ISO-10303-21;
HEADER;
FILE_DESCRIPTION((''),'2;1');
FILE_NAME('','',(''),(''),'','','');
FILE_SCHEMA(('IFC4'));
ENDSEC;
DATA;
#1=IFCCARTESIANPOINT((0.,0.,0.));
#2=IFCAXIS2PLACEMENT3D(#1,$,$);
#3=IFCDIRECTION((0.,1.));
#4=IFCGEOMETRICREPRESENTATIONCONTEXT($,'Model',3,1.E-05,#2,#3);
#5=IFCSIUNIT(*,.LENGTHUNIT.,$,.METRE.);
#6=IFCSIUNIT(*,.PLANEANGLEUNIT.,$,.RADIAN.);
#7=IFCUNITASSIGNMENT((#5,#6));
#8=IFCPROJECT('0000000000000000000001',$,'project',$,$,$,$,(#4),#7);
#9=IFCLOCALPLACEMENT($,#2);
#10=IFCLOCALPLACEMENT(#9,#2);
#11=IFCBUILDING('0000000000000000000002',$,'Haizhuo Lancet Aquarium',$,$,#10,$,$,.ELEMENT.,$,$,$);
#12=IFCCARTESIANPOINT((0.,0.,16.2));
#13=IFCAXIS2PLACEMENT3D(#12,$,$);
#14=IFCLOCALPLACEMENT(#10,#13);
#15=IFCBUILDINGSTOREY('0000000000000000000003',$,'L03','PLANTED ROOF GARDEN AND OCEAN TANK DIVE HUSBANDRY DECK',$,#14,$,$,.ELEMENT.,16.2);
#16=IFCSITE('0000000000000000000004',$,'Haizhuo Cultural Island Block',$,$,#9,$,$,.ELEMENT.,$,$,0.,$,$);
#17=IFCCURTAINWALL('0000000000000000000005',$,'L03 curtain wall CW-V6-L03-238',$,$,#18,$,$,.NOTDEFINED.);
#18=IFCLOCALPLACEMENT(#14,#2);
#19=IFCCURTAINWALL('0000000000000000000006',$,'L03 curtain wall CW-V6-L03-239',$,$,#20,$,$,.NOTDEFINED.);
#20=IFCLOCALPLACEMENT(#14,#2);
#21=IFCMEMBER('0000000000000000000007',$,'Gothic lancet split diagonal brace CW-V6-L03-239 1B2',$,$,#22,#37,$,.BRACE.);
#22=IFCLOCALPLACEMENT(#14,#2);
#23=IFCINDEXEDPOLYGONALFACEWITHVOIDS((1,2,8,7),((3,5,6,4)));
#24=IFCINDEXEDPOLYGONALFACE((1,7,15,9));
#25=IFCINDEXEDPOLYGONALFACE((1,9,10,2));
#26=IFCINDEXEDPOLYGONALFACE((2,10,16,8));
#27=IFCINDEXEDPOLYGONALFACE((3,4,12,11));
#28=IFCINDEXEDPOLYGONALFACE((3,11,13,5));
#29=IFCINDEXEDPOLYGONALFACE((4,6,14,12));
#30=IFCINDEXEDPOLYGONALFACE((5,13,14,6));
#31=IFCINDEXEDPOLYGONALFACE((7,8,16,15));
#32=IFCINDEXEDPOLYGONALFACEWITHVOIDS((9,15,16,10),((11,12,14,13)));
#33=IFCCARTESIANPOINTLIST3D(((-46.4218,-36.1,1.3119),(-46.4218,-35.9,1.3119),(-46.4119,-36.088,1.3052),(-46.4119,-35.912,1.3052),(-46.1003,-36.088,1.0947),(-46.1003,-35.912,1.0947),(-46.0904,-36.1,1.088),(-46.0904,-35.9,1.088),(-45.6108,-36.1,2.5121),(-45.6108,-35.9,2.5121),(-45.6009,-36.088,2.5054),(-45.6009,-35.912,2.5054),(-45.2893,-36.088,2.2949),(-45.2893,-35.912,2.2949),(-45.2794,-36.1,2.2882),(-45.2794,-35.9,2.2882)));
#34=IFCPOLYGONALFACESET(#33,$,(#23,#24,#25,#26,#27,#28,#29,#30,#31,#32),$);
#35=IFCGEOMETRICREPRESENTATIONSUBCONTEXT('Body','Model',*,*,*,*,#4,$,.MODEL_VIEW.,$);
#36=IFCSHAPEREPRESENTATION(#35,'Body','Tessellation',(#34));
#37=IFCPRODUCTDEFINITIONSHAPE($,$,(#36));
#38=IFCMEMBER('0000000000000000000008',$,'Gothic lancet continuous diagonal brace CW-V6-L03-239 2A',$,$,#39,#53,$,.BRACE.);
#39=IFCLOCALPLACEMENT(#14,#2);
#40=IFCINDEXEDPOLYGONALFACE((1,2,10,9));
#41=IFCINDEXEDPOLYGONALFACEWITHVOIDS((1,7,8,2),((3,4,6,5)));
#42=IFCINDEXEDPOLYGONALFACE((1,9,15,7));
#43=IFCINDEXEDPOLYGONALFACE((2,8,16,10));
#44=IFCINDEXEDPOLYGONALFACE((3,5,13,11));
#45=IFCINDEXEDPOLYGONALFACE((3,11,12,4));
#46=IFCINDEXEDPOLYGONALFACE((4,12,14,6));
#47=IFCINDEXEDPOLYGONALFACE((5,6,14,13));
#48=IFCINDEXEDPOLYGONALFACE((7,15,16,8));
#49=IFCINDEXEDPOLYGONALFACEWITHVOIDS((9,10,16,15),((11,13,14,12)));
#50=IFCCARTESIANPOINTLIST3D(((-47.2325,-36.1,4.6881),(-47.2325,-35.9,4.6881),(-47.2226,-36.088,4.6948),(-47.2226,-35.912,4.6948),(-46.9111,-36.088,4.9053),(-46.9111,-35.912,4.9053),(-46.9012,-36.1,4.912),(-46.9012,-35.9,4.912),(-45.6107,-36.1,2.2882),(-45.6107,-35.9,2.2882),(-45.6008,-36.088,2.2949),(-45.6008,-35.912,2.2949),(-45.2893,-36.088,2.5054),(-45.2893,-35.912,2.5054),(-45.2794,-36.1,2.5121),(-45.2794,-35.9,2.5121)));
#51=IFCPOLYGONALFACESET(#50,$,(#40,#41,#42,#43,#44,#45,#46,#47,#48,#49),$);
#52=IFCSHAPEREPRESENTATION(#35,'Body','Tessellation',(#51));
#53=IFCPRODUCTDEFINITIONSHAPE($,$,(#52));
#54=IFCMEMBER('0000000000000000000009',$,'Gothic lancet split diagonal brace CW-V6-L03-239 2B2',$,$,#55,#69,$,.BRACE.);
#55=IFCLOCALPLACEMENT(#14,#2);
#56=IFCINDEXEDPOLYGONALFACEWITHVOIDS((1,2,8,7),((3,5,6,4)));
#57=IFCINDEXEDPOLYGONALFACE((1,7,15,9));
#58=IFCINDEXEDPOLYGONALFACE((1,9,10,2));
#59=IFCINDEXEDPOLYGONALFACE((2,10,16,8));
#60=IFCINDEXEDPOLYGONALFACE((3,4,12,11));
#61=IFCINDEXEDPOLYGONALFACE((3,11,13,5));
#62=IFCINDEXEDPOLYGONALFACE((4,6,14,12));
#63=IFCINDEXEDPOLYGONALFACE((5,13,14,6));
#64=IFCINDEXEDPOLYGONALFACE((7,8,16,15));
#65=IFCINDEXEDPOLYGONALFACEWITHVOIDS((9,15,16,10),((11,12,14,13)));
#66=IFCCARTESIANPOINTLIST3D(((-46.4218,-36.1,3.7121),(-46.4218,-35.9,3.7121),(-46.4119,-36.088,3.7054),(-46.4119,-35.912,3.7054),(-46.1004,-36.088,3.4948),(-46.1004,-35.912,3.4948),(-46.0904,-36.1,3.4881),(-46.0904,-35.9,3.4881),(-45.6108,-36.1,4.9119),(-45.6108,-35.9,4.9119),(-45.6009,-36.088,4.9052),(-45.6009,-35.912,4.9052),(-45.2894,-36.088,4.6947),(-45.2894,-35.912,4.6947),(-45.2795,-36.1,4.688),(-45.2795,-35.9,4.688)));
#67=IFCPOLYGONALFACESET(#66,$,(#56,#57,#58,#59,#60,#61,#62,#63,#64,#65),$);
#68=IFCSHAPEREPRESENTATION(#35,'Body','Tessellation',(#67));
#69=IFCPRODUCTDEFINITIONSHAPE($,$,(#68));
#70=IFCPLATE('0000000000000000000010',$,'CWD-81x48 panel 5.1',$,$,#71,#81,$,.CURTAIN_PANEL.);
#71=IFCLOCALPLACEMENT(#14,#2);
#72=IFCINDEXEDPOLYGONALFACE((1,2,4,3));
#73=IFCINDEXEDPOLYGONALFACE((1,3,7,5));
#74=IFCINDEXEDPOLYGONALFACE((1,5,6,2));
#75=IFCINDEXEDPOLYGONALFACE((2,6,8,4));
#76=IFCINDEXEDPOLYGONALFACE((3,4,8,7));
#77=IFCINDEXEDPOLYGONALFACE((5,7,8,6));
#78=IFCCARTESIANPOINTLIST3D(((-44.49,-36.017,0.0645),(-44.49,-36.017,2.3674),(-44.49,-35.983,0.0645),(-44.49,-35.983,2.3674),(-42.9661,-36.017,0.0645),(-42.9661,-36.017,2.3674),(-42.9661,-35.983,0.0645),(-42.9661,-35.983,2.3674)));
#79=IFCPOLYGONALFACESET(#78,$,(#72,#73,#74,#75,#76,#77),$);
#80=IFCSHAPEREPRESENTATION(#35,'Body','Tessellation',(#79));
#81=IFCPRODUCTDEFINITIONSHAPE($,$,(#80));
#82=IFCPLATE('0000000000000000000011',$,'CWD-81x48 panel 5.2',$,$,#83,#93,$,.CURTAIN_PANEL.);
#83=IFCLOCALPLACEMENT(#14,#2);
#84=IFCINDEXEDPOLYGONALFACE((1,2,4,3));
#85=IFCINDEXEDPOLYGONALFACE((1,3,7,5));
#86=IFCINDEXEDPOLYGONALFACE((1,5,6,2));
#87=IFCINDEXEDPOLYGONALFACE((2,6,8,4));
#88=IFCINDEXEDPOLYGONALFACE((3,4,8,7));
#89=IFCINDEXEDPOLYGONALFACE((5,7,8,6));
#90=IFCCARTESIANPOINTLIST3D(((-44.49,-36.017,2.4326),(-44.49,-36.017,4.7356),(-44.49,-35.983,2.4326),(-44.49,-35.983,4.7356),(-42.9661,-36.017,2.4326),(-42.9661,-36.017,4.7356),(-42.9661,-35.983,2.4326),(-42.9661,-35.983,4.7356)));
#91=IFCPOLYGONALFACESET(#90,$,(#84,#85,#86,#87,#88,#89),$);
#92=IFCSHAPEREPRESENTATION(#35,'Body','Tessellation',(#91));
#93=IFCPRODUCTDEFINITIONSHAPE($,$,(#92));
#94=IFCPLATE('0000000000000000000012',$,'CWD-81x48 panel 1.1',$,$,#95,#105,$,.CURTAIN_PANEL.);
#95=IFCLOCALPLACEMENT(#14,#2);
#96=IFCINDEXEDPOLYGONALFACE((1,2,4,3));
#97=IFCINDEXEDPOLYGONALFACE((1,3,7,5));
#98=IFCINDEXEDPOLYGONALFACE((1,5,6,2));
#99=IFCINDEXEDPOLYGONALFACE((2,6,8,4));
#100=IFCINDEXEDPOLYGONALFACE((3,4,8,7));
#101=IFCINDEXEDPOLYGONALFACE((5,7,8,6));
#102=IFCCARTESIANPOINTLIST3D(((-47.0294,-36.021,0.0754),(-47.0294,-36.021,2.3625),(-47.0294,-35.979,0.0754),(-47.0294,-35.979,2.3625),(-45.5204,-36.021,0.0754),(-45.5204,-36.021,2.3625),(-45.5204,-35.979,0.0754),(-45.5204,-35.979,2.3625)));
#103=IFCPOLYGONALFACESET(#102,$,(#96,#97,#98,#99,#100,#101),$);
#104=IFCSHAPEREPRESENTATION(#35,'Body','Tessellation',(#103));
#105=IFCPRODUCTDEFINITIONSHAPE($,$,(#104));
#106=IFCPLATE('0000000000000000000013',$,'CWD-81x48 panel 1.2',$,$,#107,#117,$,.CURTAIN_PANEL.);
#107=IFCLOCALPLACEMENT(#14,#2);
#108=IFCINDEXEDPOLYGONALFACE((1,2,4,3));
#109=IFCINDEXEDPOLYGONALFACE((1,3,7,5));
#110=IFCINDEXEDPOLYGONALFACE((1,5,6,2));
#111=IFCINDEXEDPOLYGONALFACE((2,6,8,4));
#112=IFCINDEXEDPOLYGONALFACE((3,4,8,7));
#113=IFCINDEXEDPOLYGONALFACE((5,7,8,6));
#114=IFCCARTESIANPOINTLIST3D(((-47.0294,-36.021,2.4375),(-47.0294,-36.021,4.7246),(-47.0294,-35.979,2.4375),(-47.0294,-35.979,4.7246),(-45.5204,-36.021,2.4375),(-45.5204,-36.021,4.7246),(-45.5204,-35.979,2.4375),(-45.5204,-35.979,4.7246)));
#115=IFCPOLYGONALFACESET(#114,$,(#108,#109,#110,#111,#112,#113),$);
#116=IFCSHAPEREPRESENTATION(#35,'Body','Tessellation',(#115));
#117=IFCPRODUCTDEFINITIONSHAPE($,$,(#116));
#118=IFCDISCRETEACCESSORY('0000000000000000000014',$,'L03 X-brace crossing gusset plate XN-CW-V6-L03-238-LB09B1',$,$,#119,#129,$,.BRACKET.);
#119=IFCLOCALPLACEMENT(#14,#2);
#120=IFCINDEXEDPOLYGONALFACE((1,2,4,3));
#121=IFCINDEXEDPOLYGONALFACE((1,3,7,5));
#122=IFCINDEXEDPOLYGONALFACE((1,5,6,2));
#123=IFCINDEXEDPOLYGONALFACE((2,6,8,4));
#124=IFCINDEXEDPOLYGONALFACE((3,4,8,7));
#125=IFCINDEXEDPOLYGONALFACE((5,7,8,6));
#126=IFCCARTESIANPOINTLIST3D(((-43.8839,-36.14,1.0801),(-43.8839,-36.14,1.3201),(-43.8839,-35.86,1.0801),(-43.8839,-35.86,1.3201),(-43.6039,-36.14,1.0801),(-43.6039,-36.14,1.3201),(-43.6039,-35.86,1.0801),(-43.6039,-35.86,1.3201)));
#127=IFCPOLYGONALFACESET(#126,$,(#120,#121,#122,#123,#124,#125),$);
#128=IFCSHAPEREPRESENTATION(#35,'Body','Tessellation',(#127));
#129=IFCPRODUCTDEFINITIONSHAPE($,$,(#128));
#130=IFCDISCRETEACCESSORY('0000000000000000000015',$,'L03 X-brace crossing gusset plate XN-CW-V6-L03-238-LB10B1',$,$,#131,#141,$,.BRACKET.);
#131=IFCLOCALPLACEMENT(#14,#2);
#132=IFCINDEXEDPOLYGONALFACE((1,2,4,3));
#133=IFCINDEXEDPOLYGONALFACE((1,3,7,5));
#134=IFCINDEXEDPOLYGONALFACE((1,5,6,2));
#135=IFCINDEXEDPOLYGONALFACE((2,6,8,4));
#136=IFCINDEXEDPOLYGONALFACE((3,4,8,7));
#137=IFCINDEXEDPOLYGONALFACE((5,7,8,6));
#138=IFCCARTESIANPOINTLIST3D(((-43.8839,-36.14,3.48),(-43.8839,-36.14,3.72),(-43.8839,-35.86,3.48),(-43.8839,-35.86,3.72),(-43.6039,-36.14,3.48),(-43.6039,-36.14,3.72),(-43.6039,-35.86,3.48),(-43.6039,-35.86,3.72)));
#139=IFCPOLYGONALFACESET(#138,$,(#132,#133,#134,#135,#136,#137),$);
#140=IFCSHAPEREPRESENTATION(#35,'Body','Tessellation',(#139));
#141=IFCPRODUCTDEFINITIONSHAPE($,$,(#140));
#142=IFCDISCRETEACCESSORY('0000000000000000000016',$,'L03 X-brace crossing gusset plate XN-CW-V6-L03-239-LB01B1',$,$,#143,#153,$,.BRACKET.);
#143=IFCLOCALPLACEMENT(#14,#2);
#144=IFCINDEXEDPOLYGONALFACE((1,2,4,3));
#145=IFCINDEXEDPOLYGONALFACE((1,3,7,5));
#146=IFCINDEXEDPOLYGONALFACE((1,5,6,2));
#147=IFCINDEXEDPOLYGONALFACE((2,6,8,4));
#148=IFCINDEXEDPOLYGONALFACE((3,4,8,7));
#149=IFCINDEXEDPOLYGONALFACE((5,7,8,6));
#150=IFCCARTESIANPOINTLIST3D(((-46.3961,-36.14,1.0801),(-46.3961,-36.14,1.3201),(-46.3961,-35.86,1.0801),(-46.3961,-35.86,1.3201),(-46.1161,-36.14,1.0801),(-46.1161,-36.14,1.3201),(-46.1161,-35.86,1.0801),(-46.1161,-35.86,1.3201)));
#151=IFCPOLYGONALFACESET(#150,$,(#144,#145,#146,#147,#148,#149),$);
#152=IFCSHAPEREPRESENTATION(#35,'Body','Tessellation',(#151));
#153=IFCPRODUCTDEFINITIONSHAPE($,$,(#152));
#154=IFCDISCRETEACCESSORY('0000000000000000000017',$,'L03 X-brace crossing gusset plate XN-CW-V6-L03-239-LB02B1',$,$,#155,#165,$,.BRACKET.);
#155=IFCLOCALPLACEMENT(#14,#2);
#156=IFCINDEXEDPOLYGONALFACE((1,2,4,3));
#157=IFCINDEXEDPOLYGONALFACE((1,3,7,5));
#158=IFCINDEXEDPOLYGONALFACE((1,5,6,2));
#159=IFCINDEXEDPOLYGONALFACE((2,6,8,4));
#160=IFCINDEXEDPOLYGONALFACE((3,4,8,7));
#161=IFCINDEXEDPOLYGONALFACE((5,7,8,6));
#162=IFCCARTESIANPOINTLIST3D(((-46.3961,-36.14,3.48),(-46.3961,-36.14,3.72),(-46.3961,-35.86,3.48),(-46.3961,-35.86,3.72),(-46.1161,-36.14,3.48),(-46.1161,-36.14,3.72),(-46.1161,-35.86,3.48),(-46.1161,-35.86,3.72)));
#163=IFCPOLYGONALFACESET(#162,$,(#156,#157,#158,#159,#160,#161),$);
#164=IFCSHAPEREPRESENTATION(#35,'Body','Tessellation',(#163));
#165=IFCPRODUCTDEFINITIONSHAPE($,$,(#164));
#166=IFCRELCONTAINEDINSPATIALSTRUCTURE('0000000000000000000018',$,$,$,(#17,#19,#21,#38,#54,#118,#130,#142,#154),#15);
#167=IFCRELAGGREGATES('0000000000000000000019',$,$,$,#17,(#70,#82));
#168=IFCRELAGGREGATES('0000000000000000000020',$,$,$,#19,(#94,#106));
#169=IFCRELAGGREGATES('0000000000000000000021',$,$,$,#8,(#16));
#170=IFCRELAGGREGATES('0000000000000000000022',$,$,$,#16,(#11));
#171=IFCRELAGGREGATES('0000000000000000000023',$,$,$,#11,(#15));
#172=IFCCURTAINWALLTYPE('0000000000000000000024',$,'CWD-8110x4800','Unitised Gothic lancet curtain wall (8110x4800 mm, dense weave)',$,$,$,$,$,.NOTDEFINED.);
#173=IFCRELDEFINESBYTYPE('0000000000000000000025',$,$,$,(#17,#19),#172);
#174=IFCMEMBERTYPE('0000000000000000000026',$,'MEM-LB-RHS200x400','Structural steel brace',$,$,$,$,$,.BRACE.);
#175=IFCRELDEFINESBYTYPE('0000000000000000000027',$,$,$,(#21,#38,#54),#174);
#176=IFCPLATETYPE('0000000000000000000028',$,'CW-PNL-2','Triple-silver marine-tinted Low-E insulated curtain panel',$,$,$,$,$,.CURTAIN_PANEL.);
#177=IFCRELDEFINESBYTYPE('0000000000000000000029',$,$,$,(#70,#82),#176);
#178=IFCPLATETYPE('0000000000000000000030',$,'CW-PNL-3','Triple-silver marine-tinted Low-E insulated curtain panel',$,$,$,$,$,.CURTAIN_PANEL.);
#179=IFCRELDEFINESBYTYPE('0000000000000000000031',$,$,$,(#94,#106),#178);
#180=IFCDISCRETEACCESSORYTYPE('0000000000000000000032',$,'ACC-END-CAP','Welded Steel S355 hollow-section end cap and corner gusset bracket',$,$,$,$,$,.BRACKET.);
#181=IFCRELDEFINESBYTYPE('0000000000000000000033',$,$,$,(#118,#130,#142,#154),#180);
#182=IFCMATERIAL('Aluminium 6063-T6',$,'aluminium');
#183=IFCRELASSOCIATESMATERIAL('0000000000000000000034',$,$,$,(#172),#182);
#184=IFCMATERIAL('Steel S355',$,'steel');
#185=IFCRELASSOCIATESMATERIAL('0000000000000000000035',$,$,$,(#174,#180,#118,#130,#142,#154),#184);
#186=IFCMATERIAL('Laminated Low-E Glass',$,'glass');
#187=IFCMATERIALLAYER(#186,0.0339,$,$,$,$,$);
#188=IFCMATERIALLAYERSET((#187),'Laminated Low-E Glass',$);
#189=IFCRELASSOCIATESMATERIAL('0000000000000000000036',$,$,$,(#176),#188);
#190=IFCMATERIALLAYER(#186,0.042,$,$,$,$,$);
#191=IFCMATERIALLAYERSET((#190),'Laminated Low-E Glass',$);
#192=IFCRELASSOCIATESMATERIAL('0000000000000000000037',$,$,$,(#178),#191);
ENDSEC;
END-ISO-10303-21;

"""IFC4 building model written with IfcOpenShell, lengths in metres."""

from ifc_helpers import new_model, si_unit, direction, frame, origin, origin_2d, place, context, subcontext, project, spatial, rectangle, hollow_rectangle, extrude, material, layer, layer_set, material_profile, profile_set, type_object, element, aggregate, save


model = new_model("IFC4")

# Units and contexts
model_context = context("Model", 3, precision=1e-05, world=origin(), true_north=direction((0.0, 1.0)))
body_context = subcontext(model_context, "Body", "Model", "MODEL_VIEW")
ifc_project = project(units=[si_unit("LENGTHUNIT", "METRE"), si_unit("PLANEANGLEUNIT", "RADIAN")], contexts=[model_context])

# Site, building, storey
site_placement = place(None, origin())
site = spatial("IfcSite", under=ifc_project, at=site_placement, Name="Haizhuo Cultural Island Block", CompositionType="ELEMENT", RefElevation=0.0)
building_placement = place(site_placement, origin())
building = spatial("IfcBuilding", under=site, at=building_placement, Name="Haizhuo Lancet Aquarium", CompositionType="ELEMENT")
storey_placement = place(building_placement, frame((0.0, 0.0, 16.2)))
storey = spatial("IfcBuildingStorey", under=building, at=storey_placement, Name="L03", Description="PLANTED ROOF GARDEN AND OCEAN TANK DIVE HUSBANDRY DECK", CompositionType="ELEMENT", Elevation=16.2)

# Shared definitions
ifc_material_1 = material(Name="Steel S355", Category="steel")

# Curtain wall
ifc_material_2 = material(Name="Aluminium 6063-T6", Category="aluminium")
curtain_wall_type = type_object("IfcCurtainWallType", Name="CWD-8110x4800", Description="Unitised Gothic lancet curtain wall (8110x4800 mm, dense weave)", PredefinedType="NOTDEFINED", material=ifc_material_2)
curtain_wall_1_placement = place(storey_placement, origin())
curtain_wall_1 = element("IfcCurtainWall", 1, at=curtain_wall_1_placement, inside=storey, type_object=curtain_wall_type, Name="L03 curtain wall CW-V6-L03-238", PredefinedType="NOTDEFINED")

# Curtain wall
curtain_wall_2_placement = place(storey_placement, origin())
curtain_wall_2 = element("IfcCurtainWall", 2, at=curtain_wall_2_placement, inside=storey, type_object=curtain_wall_type, Name="L03 curtain wall CW-V6-L03-239", PredefinedType="NOTDEFINED")

# Members
ifc_material_profile_1 = material_profile(ifc_material_1, hollow_rectangle(XDim=0.2, YDim=0.3999, WallThickness=0.012, at=origin_2d()), Name="RHS 200x400x12")
ifc_profile_set_1 = profile_set([ifc_material_profile_1], Name="Steel S355")
member_type_1 = type_object("IfcMemberType", Name="MEM-LB-RHS200x400", Description="Structural steel brace", PredefinedType="BRACE", material=ifc_profile_set_1)
member_1_placement = place(storey_placement, frame((-46.2561, -36.0, 1.2), z_axis=(0.559901, 0.0, 0.828559), x_axis=(0.0, 1.0, 0.0)))
element("IfcMember", 3, at=member_1_placement, inside=storey, type_object=member_type_1, Name="Gothic lancet split diagonal brace CW-V6-L03-239 1B2", PredefinedType="BRACE", context=body_context, shape_type="SweptSolid", body=[
    extrude(hollow_rectangle(XDim=0.2, YDim=0.3999, WallThickness=0.012, at=origin_2d()), origin(), (0.0, 0.0, 1.0), 1.4485),
])
member_2_placement = place(storey_placement, frame((-45.4451, -36.0, 2.4001), z_axis=(-0.559922, 0.0, 0.828546), x_axis=(0.0, -1.0, 0.0)))
element("IfcMember", 4, at=member_2_placement, inside=storey, type_object=member_type_1, Name="Gothic lancet continuous diagonal brace CW-V6-L03-239 2A", PredefinedType="BRACE", context=body_context, shape_type="SweptSolid", body=[
    extrude(hollow_rectangle(XDim=0.2, YDim=0.3999, WallThickness=0.012, at=origin_2d()), origin(), (0.0, 0.0, 1.0), 2.8965),
])
member_3_placement = place(storey_placement, frame((-46.2561, -36.0, 3.6001), z_axis=(0.559979, 0.0, 0.828507), x_axis=(0.0, 1.0, 0.0)))
element("IfcMember", 5, at=member_3_placement, inside=storey, type_object=member_type_1, Name="Gothic lancet split diagonal brace CW-V6-L03-239 2B2", PredefinedType="BRACE", context=body_context, shape_type="SweptSolid", body=[
    extrude(hollow_rectangle(XDim=0.2, YDim=0.3999, WallThickness=0.012, at=origin_2d()), origin(), (0.0, 0.0, 1.0), 1.4482),
])

# Plates
ifc_material_3 = material(Name="Laminated Low-E Glass", Category="glass")
ifc_layer_1 = layer(ifc_material_3, 0.0339)
ifc_layer_set_1 = layer_set([ifc_layer_1], Name="Laminated Low-E Glass")
plate_type_1 = type_object("IfcPlateType", Name="CW-PNL-2", Description="Triple-silver marine-tinted Low-E insulated curtain panel", PredefinedType="CURTAIN_PANEL", material=ifc_layer_set_1)
plate_1_placement = place(storey_placement, frame((-43.728, -36.0, 0.0645), z_axis=(0.0, 0.0, 1.0), x_axis=(-1.0, 0.0, 0.0)))
plate_1 = element("IfcPlate", 6, at=plate_1_placement, type_object=plate_type_1, Name="CWD-81x48 panel 5.1", PredefinedType="CURTAIN_PANEL", context=body_context, shape_type="SweptSolid", body=[
    extrude(rectangle(XDim=1.5239, YDim=0.0339, at=origin_2d()), origin(), (0.0, 0.0, 1.0), 2.303),
])
plate_2_placement = place(storey_placement, frame((-43.728, -36.0, 2.4326), z_axis=(0.0, 0.0, 1.0), x_axis=(-1.0, 0.0, 0.0)))
plate_2 = element("IfcPlate", 7, at=plate_2_placement, type_object=plate_type_1, Name="CWD-81x48 panel 5.2", PredefinedType="CURTAIN_PANEL", context=body_context, shape_type="SweptSolid", body=[
    extrude(rectangle(XDim=1.5239, YDim=0.0339, at=origin_2d()), origin(), (0.0, 0.0, 1.0), 2.303),
])
aggregate(curtain_wall_1, [plate_1, plate_2])
ifc_layer_2 = layer(ifc_material_3, 0.042)
ifc_layer_set_2 = layer_set([ifc_layer_2], Name="Laminated Low-E Glass")
plate_type_2 = type_object("IfcPlateType", Name="CW-PNL-3", Description="Triple-silver marine-tinted Low-E insulated curtain panel", PredefinedType="CURTAIN_PANEL", material=ifc_layer_set_2)
plate_3_placement = place(storey_placement, frame((-46.2749, -36.0, 0.0754), z_axis=(0.0, 0.0, 1.0), x_axis=(-1.0, 0.0, 0.0)))
plate_3 = element("IfcPlate", 8, at=plate_3_placement, type_object=plate_type_2, Name="CWD-81x48 panel 1.1", PredefinedType="CURTAIN_PANEL", context=body_context, shape_type="SweptSolid", body=[
    extrude(rectangle(XDim=1.509, YDim=0.042, at=origin_2d()), origin(), (0.0, 0.0, 1.0), 2.2871),
])
plate_4_placement = place(storey_placement, frame((-46.2749, -36.0, 2.4375), z_axis=(0.0, 0.0, 1.0), x_axis=(-1.0, 0.0, 0.0)))
plate_4 = element("IfcPlate", 9, at=plate_4_placement, type_object=plate_type_2, Name="CWD-81x48 panel 1.2", PredefinedType="CURTAIN_PANEL", context=body_context, shape_type="SweptSolid", body=[
    extrude(rectangle(XDim=1.509, YDim=0.042, at=origin_2d()), origin(), (0.0, 0.0, 1.0), 2.2871),
])
aggregate(curtain_wall_2, [plate_3, plate_4])

# Discrete accessories
discrete_accessory_type = type_object("IfcDiscreteAccessoryType", Name="ACC-END-CAP", Description="Welded Steel S355 hollow-section end cap and corner gusset bracket", PredefinedType="BRACKET", material=ifc_material_1)
for number, where, z_axis, x_axis, name in (
    (10, (-43.7439, -36.0, 1.0801), (0.0, 0.0, 1.0), (1.0, 0.0, 0.0), "L03 X-brace crossing gusset plate XN-CW-V6-L03-238-LB09B1"),
    (11, (-43.7439, -36.0, 3.48), (0.0, 0.0, 1.0), (1.0, 0.0, 0.0), "L03 X-brace crossing gusset plate XN-CW-V6-L03-238-LB10B1"),
    (12, (-46.2561, -36.0, 1.0801), (0.0, 0.0, 1.0), (1.0, 0.0, 0.0), "L03 X-brace crossing gusset plate XN-CW-V6-L03-239-LB01B1"),
    (13, (-46.2561, -36.0, 3.48), (0.0, 0.0, 1.0), (1.0, 0.0, 0.0), "L03 X-brace crossing gusset plate XN-CW-V6-L03-239-LB02B1"),
):
    element("IfcDiscreteAccessory", number, at=place(storey_placement, frame(where, z_axis=z_axis, x_axis=x_axis)), inside=storey, type_object=discrete_accessory_type, material=ifc_material_1, Name=name, PredefinedType="BRACKET", context=body_context, shape_type="SweptSolid", body=[
        extrude(rectangle(XDim=0.28, YDim=0.28, at=origin_2d()), origin(), (0.0, 0.0, 1.0), 0.24),
    ])

save(model, "model.ifc")
